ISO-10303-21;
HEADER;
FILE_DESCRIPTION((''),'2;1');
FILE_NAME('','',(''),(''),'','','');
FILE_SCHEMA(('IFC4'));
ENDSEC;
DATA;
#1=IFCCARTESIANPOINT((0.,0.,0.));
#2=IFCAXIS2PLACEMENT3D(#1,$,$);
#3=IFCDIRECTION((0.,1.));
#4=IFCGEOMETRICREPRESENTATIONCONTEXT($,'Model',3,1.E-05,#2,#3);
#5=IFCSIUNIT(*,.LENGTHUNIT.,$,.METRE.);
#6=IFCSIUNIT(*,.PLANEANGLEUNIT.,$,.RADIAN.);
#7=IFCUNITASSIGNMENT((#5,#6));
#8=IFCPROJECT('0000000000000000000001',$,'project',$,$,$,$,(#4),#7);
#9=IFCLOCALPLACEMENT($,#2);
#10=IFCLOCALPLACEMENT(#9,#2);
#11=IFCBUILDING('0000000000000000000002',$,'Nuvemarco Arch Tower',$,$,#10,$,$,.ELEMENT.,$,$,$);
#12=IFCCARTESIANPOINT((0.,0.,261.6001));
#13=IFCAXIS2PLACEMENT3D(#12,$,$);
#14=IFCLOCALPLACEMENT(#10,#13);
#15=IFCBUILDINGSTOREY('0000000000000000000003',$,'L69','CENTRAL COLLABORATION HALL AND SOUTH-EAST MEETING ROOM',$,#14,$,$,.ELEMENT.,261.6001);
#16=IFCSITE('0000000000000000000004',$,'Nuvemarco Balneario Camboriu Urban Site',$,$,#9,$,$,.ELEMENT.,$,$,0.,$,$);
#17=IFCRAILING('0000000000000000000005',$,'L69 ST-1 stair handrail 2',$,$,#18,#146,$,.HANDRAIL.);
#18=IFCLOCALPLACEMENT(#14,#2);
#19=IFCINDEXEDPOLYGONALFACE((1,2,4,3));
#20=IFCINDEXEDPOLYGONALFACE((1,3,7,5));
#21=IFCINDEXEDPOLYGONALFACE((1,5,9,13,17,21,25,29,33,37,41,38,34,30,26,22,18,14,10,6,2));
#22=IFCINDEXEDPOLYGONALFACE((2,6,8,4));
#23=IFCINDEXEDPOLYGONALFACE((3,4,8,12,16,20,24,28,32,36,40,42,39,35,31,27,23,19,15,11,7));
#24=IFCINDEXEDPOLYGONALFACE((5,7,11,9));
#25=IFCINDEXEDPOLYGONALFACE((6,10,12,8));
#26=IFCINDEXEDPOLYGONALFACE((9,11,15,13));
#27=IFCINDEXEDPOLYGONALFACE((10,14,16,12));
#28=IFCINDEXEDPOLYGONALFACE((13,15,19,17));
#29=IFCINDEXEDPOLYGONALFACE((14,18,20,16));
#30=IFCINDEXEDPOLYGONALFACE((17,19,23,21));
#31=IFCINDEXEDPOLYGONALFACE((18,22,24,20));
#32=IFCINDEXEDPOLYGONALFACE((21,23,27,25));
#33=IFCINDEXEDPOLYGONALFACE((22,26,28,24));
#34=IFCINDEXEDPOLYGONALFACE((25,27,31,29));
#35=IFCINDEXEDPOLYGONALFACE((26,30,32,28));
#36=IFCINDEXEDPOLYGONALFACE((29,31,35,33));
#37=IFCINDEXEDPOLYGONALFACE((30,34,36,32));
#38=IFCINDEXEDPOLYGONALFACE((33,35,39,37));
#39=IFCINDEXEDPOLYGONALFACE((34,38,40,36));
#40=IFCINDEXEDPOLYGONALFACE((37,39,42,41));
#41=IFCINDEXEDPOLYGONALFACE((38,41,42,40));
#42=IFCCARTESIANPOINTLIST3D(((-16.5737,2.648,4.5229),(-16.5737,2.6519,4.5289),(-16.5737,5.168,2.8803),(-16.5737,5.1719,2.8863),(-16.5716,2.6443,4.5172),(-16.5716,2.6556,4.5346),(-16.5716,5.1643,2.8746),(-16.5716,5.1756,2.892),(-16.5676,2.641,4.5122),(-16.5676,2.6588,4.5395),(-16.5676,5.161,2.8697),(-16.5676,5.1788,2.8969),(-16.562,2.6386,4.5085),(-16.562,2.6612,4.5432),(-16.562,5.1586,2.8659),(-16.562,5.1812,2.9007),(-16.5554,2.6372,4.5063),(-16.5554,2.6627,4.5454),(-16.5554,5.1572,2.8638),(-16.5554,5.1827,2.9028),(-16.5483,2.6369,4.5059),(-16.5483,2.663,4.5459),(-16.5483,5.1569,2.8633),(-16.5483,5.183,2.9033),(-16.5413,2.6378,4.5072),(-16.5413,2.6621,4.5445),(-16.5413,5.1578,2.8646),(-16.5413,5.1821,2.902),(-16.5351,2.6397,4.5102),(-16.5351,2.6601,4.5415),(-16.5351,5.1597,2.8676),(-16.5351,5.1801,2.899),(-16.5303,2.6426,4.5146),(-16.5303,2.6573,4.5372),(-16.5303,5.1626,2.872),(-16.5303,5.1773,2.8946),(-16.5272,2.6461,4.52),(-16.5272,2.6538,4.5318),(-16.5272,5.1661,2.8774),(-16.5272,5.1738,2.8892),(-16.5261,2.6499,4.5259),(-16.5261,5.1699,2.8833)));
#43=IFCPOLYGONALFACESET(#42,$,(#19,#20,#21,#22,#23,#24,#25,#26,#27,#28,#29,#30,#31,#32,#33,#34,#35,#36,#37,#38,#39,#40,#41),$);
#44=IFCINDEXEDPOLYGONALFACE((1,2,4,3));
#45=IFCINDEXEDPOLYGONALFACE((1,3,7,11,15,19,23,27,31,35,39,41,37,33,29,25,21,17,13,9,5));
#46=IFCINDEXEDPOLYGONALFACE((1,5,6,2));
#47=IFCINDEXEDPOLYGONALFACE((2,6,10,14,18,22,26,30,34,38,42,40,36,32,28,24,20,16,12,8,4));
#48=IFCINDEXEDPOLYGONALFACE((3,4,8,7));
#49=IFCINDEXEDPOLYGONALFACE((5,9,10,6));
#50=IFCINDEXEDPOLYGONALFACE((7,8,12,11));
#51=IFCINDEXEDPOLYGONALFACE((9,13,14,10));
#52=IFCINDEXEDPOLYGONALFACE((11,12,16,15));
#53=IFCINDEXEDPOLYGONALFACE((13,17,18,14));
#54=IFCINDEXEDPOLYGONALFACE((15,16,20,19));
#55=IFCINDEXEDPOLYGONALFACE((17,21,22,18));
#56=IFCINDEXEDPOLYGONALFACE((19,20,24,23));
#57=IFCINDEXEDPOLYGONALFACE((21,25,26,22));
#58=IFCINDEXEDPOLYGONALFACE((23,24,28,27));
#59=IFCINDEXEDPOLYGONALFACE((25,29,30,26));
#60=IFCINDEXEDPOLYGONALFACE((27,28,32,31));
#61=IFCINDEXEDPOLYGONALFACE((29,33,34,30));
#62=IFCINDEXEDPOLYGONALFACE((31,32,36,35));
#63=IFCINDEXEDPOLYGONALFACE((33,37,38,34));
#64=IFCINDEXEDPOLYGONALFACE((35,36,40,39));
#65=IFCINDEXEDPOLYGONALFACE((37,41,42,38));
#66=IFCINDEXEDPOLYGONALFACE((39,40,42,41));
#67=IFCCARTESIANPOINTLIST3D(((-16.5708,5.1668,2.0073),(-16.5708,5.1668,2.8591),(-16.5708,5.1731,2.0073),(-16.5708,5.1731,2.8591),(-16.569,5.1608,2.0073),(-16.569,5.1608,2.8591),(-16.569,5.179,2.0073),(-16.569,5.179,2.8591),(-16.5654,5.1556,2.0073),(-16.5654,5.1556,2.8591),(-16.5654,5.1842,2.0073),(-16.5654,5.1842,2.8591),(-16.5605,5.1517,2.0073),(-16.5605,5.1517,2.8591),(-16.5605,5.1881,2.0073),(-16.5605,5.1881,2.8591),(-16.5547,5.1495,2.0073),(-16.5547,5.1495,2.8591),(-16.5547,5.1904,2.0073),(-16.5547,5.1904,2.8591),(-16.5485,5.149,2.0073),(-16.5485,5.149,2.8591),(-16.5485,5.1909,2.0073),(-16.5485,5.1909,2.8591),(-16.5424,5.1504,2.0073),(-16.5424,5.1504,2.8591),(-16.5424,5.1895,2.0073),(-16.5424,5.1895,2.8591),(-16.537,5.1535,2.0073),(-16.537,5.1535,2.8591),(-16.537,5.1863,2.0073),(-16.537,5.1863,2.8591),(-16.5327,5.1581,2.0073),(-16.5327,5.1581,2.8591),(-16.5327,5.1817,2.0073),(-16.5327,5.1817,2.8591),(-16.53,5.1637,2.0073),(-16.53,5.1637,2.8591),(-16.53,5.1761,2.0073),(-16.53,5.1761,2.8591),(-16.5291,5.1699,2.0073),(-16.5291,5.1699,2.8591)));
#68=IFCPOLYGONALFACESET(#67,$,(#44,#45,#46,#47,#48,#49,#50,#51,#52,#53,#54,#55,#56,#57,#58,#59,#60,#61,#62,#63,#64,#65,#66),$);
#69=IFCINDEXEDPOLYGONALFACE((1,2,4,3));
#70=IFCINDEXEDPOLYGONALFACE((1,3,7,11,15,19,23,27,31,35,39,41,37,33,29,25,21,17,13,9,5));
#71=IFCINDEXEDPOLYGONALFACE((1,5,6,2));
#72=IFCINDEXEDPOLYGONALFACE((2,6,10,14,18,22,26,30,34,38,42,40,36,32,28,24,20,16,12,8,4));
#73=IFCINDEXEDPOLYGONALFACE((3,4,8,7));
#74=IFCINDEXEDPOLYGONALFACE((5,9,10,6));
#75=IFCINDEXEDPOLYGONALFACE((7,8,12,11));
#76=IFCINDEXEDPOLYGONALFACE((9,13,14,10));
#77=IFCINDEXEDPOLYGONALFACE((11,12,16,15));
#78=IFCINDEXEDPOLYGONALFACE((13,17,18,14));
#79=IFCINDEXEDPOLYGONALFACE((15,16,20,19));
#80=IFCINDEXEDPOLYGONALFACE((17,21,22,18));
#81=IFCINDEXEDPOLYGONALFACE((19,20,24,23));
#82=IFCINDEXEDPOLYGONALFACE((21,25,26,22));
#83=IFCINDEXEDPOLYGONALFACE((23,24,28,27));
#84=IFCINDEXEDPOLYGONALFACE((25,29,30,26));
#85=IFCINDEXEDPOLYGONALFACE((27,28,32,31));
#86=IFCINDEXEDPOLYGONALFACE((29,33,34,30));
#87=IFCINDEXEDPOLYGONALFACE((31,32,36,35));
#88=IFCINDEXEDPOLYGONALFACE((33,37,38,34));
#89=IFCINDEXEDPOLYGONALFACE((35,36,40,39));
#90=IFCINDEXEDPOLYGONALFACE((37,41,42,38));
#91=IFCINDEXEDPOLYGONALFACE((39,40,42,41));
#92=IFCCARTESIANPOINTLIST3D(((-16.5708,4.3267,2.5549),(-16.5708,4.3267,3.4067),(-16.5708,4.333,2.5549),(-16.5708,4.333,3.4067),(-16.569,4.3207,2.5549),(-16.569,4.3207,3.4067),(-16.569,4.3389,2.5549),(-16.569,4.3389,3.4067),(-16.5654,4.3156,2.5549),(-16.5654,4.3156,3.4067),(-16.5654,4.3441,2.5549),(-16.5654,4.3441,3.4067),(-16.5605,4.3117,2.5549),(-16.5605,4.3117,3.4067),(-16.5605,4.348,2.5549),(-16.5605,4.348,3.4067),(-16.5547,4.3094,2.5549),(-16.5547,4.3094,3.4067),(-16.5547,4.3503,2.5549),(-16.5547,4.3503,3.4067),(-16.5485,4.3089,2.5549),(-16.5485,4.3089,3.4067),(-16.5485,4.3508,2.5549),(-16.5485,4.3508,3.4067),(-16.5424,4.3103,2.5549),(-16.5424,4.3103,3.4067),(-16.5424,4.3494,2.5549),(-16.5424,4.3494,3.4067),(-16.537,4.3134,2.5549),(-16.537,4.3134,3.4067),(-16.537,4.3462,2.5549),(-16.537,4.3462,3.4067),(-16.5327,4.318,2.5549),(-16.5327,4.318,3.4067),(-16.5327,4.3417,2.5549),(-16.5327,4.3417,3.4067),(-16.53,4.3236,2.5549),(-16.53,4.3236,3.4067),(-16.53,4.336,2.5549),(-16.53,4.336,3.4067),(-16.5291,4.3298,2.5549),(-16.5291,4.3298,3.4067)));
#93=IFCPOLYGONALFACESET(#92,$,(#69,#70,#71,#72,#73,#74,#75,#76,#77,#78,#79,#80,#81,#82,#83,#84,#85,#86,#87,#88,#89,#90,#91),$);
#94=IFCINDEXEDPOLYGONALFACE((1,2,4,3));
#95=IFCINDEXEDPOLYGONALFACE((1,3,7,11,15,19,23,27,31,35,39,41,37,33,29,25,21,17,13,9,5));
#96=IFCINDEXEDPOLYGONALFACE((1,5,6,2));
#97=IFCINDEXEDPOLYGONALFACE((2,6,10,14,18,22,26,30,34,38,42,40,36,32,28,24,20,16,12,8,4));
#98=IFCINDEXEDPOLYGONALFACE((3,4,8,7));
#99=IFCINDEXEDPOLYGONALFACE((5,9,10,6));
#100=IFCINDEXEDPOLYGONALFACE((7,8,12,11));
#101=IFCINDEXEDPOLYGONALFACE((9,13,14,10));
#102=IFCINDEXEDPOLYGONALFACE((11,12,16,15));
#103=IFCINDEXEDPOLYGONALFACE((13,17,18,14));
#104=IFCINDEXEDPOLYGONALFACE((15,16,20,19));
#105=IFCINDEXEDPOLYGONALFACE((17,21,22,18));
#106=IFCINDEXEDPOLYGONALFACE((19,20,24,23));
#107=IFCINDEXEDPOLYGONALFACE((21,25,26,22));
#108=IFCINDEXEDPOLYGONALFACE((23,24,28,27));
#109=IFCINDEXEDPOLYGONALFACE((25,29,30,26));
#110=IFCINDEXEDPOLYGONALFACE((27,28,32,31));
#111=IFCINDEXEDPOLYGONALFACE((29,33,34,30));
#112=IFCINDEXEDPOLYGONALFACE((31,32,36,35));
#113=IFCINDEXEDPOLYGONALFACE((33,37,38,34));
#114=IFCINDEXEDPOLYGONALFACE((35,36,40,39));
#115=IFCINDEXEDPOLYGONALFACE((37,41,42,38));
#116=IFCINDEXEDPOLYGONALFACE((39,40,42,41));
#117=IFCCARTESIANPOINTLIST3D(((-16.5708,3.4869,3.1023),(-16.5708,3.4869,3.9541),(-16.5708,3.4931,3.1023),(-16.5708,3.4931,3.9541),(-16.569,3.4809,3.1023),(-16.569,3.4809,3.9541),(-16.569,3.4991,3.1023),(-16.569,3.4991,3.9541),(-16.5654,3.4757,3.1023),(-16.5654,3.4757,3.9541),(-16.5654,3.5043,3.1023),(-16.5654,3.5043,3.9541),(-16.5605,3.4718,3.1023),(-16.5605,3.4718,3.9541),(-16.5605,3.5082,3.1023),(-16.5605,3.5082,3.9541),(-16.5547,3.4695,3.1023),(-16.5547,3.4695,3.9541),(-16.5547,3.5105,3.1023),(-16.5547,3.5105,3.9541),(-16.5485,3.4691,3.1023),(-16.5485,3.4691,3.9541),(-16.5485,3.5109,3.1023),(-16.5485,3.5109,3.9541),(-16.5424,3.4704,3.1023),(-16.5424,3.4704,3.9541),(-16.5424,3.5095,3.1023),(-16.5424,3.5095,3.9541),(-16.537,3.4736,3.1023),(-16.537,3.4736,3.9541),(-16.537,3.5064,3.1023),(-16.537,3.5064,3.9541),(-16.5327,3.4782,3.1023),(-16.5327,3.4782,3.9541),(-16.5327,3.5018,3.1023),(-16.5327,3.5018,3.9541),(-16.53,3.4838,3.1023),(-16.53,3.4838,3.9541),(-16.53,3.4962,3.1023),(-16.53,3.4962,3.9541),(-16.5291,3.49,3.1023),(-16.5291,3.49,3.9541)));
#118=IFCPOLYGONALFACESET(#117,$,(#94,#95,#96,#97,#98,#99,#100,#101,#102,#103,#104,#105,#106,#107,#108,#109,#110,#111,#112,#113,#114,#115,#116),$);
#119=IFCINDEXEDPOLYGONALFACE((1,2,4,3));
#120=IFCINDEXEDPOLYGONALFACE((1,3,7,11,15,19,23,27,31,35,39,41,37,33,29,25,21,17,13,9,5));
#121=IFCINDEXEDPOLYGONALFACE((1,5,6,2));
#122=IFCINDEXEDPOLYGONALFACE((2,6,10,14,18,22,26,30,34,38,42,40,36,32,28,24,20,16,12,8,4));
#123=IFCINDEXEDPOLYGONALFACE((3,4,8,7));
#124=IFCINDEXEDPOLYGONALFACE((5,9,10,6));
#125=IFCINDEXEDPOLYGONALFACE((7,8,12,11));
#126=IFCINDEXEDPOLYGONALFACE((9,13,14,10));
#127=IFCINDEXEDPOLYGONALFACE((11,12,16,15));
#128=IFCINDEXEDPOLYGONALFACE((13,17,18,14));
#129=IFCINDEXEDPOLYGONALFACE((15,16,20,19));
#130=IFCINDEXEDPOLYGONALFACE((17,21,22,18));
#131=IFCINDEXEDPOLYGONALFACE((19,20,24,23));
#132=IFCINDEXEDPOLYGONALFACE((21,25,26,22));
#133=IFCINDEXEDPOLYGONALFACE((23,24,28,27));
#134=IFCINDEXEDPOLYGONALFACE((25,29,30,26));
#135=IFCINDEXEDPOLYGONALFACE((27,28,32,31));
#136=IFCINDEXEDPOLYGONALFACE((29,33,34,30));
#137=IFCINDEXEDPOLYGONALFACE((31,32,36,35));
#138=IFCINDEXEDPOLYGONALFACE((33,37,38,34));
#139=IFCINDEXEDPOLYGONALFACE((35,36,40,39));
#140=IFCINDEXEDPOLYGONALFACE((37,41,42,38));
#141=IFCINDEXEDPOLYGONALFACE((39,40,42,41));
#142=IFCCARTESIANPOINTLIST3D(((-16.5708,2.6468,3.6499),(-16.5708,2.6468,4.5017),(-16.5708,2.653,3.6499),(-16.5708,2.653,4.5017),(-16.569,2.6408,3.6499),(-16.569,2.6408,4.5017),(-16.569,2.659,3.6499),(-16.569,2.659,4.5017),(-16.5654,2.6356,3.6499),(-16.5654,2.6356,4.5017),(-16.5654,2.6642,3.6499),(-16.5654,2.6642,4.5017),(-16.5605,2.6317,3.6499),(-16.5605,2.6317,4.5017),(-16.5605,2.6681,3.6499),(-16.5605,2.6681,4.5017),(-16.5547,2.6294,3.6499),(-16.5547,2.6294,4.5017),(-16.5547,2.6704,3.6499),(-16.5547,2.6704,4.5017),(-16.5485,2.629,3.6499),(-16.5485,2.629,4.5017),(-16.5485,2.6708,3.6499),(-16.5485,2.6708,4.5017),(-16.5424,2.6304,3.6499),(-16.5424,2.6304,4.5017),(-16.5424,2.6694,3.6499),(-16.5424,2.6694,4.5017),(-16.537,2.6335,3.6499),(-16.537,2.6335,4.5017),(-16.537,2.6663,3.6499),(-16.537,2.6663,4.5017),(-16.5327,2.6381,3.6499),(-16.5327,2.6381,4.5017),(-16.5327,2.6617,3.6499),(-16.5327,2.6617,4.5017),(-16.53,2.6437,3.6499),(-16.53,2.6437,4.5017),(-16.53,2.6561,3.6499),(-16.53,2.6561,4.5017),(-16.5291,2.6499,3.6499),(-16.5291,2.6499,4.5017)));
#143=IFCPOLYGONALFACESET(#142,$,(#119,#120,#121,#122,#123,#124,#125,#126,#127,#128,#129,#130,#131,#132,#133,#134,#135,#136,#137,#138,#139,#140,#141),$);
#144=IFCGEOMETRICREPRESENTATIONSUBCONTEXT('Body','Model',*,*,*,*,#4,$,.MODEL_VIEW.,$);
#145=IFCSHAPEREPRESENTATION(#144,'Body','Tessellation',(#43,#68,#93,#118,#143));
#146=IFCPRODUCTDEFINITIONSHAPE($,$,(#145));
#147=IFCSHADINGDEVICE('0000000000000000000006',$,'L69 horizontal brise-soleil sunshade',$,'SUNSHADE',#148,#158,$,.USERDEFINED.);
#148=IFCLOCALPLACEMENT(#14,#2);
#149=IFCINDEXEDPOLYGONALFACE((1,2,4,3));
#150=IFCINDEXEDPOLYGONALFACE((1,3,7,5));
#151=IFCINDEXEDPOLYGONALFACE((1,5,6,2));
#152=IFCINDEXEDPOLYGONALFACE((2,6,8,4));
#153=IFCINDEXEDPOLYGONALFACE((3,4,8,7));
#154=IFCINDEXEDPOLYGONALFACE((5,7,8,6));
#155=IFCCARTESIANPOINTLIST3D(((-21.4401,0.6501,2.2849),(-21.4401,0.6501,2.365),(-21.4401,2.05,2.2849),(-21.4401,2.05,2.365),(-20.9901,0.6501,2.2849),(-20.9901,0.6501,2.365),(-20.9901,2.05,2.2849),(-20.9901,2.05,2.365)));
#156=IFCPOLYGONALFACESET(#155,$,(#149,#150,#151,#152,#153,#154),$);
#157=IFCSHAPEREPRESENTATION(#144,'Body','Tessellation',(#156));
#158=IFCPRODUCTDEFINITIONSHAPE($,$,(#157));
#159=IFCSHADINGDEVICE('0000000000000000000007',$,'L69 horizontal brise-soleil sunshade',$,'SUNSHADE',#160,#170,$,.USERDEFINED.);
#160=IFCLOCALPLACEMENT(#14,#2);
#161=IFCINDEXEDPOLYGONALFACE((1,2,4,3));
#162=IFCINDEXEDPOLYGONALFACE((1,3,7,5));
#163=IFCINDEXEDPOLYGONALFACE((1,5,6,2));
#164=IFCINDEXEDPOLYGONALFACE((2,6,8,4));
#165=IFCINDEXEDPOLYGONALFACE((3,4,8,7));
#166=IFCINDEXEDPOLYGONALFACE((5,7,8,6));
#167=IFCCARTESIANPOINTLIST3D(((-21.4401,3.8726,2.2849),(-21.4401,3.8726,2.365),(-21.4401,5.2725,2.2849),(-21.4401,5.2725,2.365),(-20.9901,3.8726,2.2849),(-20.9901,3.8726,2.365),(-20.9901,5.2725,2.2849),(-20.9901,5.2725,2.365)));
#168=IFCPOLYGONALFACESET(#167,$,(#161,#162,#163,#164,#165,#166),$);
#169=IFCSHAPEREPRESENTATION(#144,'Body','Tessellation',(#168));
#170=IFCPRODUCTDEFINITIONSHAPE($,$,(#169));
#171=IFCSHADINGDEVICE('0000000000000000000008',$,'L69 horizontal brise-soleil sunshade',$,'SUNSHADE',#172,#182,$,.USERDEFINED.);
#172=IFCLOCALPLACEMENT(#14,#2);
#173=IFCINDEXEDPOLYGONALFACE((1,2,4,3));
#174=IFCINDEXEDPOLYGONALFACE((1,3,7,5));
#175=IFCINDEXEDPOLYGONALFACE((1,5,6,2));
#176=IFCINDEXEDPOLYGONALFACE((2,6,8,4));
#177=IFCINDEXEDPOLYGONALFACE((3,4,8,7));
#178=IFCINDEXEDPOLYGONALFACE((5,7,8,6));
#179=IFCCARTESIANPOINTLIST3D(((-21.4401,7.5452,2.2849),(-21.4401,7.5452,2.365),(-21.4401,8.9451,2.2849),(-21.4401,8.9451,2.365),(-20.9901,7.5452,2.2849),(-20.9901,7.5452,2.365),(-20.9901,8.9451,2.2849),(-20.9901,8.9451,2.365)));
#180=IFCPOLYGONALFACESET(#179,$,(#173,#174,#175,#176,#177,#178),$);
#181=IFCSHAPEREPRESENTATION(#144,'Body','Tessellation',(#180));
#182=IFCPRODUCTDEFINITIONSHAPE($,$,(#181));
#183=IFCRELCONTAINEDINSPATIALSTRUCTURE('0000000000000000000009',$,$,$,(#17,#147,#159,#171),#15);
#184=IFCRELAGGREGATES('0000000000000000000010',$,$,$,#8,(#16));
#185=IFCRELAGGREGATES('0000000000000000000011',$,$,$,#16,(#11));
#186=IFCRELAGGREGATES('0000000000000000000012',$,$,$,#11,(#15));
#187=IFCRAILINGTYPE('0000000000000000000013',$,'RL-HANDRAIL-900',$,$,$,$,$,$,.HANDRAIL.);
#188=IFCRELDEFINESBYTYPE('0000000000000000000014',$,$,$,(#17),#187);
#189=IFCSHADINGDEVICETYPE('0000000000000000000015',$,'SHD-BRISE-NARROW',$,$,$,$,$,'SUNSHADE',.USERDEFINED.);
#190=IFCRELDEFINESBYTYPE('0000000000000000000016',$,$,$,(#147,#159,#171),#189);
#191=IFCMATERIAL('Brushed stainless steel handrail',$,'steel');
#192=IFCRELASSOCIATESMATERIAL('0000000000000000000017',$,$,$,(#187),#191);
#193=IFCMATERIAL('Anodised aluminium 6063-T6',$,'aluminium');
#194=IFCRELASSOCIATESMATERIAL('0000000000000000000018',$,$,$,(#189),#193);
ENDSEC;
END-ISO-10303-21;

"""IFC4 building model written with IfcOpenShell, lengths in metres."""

from ifc_helpers import new_model, si_unit, direction, frame, origin, origin_2d, place, context, subcontext, project, spatial, rectangle, circle, extrude, source, transform, mapped, material, type_object, type_shapes, element, save


model = new_model("IFC4")

# Units and contexts
model_context = context("Model", 3, precision=1e-05, world=origin(), true_north=direction((0.0, 1.0)))
body_context = subcontext(model_context, "Body", "Model", "MODEL_VIEW")
ifc_project = project(units=[si_unit("LENGTHUNIT", "METRE"), si_unit("PLANEANGLEUNIT", "RADIAN")], contexts=[model_context])

# Site, building, storey
site_placement = place(None, origin())
site = spatial("IfcSite", under=ifc_project, at=site_placement, Name="Nuvemarco Balneario Camboriu Urban Site", CompositionType="ELEMENT", RefElevation=0.0)
building_placement = place(site_placement, origin())
building = spatial("IfcBuilding", under=site, at=building_placement, Name="Nuvemarco Arch Tower", CompositionType="ELEMENT")
storey_placement = place(building_placement, frame((0.0, 0.0, 261.6001)))
storey = spatial("IfcBuildingStorey", under=building, at=storey_placement, Name="L69", Description="CENTRAL COLLABORATION HALL AND SOUTH-EAST MEETING ROOM", CompositionType="ELEMENT", Elevation=261.6001)

# Railing
ifc_material_1 = material(Name="Brushed stainless steel handrail", Category="steel")
railing_type = type_object("IfcRailingType", Name="RL-HANDRAIL-900", PredefinedType="HANDRAIL", material=ifc_material_1)
railing_placement = place(storey_placement, frame((-16.55, 5.1699, 2.0073)))
element("IfcRailing", 1, at=railing_placement, inside=storey, type_object=railing_type, Name="L69 ST-1 stair handrail 2", PredefinedType="HANDRAIL", context=body_context, shape_type="SweptSolid", body=[
    extrude(circle(Radius=0.0239, at=origin_2d()), frame((0.0, 0.0, 0.876), z_axis=(0.0, -0.837749, 0.546055), x_axis=(1.0, 0.0, 0.0)), (0.0, 0.0, 1.0), 3.0081),
    extrude(circle(Radius=0.021, at=origin_2d()), origin(), (0.0, 0.0, 1.0), 0.8518),
    extrude(circle(Radius=0.021, at=origin_2d()), frame((0.0, -0.8401, 0.5476)), (0.0, 0.0, 1.0), 0.8518),
    extrude(circle(Radius=0.021, at=origin_2d()), frame((0.0, -1.6799, 1.095)), (0.0, 0.0, 1.0), 0.8518),
    extrude(circle(Radius=0.021, at=origin_2d()), frame((0.0, -2.52, 1.6426)), (0.0, 0.0, 1.0), 0.8518),
])

# Shading devices
ifc_material_2 = material(Name="Anodised aluminium 6063-T6", Category="aluminium")
shading_device_type = type_object("IfcShadingDeviceType", Name="SHD-BRISE-NARROW", ElementType="SUNSHADE", PredefinedType="USERDEFINED", material=ifc_material_2)
shared_shape = source(origin(), body_context, "Body", "SweptSolid", [
    extrude(rectangle(XDim=1.3999, YDim=0.45, at=origin_2d()), origin(), (0.0, 0.0, 1.0), 0.0801),
])
type_shapes(shading_device_type, [shared_shape])
for number, where, z_axis, x_axis, name in (
    (2, (-21.2151, 1.3501, 2.2849), (0.0, 0.0, 1.0), (0.0, 1.0, 0.0), "L69 horizontal brise-soleil sunshade"),
    (3, (-21.2151, 4.5725, 2.2849), (0.0, 0.0, 1.0), (0.0, 1.0, 0.0), "L69 horizontal brise-soleil sunshade"),
    (4, (-21.2151, 8.2451, 2.2849), (0.0, 0.0, 1.0), (0.0, 1.0, 0.0), "L69 horizontal brise-soleil sunshade"),
):
    element("IfcShadingDevice", number, at=place(storey_placement, frame(where, z_axis=z_axis, x_axis=x_axis)), inside=storey, type_object=shading_device_type, Name=name, ObjectType="SUNSHADE", PredefinedType="USERDEFINED", context=body_context, shape_type="MappedRepresentation", body=[
        mapped(shared_shape, transform((0.0, 0.0, 0.0), scale=1.0)),
    ])

save(model, "model.ifc")
